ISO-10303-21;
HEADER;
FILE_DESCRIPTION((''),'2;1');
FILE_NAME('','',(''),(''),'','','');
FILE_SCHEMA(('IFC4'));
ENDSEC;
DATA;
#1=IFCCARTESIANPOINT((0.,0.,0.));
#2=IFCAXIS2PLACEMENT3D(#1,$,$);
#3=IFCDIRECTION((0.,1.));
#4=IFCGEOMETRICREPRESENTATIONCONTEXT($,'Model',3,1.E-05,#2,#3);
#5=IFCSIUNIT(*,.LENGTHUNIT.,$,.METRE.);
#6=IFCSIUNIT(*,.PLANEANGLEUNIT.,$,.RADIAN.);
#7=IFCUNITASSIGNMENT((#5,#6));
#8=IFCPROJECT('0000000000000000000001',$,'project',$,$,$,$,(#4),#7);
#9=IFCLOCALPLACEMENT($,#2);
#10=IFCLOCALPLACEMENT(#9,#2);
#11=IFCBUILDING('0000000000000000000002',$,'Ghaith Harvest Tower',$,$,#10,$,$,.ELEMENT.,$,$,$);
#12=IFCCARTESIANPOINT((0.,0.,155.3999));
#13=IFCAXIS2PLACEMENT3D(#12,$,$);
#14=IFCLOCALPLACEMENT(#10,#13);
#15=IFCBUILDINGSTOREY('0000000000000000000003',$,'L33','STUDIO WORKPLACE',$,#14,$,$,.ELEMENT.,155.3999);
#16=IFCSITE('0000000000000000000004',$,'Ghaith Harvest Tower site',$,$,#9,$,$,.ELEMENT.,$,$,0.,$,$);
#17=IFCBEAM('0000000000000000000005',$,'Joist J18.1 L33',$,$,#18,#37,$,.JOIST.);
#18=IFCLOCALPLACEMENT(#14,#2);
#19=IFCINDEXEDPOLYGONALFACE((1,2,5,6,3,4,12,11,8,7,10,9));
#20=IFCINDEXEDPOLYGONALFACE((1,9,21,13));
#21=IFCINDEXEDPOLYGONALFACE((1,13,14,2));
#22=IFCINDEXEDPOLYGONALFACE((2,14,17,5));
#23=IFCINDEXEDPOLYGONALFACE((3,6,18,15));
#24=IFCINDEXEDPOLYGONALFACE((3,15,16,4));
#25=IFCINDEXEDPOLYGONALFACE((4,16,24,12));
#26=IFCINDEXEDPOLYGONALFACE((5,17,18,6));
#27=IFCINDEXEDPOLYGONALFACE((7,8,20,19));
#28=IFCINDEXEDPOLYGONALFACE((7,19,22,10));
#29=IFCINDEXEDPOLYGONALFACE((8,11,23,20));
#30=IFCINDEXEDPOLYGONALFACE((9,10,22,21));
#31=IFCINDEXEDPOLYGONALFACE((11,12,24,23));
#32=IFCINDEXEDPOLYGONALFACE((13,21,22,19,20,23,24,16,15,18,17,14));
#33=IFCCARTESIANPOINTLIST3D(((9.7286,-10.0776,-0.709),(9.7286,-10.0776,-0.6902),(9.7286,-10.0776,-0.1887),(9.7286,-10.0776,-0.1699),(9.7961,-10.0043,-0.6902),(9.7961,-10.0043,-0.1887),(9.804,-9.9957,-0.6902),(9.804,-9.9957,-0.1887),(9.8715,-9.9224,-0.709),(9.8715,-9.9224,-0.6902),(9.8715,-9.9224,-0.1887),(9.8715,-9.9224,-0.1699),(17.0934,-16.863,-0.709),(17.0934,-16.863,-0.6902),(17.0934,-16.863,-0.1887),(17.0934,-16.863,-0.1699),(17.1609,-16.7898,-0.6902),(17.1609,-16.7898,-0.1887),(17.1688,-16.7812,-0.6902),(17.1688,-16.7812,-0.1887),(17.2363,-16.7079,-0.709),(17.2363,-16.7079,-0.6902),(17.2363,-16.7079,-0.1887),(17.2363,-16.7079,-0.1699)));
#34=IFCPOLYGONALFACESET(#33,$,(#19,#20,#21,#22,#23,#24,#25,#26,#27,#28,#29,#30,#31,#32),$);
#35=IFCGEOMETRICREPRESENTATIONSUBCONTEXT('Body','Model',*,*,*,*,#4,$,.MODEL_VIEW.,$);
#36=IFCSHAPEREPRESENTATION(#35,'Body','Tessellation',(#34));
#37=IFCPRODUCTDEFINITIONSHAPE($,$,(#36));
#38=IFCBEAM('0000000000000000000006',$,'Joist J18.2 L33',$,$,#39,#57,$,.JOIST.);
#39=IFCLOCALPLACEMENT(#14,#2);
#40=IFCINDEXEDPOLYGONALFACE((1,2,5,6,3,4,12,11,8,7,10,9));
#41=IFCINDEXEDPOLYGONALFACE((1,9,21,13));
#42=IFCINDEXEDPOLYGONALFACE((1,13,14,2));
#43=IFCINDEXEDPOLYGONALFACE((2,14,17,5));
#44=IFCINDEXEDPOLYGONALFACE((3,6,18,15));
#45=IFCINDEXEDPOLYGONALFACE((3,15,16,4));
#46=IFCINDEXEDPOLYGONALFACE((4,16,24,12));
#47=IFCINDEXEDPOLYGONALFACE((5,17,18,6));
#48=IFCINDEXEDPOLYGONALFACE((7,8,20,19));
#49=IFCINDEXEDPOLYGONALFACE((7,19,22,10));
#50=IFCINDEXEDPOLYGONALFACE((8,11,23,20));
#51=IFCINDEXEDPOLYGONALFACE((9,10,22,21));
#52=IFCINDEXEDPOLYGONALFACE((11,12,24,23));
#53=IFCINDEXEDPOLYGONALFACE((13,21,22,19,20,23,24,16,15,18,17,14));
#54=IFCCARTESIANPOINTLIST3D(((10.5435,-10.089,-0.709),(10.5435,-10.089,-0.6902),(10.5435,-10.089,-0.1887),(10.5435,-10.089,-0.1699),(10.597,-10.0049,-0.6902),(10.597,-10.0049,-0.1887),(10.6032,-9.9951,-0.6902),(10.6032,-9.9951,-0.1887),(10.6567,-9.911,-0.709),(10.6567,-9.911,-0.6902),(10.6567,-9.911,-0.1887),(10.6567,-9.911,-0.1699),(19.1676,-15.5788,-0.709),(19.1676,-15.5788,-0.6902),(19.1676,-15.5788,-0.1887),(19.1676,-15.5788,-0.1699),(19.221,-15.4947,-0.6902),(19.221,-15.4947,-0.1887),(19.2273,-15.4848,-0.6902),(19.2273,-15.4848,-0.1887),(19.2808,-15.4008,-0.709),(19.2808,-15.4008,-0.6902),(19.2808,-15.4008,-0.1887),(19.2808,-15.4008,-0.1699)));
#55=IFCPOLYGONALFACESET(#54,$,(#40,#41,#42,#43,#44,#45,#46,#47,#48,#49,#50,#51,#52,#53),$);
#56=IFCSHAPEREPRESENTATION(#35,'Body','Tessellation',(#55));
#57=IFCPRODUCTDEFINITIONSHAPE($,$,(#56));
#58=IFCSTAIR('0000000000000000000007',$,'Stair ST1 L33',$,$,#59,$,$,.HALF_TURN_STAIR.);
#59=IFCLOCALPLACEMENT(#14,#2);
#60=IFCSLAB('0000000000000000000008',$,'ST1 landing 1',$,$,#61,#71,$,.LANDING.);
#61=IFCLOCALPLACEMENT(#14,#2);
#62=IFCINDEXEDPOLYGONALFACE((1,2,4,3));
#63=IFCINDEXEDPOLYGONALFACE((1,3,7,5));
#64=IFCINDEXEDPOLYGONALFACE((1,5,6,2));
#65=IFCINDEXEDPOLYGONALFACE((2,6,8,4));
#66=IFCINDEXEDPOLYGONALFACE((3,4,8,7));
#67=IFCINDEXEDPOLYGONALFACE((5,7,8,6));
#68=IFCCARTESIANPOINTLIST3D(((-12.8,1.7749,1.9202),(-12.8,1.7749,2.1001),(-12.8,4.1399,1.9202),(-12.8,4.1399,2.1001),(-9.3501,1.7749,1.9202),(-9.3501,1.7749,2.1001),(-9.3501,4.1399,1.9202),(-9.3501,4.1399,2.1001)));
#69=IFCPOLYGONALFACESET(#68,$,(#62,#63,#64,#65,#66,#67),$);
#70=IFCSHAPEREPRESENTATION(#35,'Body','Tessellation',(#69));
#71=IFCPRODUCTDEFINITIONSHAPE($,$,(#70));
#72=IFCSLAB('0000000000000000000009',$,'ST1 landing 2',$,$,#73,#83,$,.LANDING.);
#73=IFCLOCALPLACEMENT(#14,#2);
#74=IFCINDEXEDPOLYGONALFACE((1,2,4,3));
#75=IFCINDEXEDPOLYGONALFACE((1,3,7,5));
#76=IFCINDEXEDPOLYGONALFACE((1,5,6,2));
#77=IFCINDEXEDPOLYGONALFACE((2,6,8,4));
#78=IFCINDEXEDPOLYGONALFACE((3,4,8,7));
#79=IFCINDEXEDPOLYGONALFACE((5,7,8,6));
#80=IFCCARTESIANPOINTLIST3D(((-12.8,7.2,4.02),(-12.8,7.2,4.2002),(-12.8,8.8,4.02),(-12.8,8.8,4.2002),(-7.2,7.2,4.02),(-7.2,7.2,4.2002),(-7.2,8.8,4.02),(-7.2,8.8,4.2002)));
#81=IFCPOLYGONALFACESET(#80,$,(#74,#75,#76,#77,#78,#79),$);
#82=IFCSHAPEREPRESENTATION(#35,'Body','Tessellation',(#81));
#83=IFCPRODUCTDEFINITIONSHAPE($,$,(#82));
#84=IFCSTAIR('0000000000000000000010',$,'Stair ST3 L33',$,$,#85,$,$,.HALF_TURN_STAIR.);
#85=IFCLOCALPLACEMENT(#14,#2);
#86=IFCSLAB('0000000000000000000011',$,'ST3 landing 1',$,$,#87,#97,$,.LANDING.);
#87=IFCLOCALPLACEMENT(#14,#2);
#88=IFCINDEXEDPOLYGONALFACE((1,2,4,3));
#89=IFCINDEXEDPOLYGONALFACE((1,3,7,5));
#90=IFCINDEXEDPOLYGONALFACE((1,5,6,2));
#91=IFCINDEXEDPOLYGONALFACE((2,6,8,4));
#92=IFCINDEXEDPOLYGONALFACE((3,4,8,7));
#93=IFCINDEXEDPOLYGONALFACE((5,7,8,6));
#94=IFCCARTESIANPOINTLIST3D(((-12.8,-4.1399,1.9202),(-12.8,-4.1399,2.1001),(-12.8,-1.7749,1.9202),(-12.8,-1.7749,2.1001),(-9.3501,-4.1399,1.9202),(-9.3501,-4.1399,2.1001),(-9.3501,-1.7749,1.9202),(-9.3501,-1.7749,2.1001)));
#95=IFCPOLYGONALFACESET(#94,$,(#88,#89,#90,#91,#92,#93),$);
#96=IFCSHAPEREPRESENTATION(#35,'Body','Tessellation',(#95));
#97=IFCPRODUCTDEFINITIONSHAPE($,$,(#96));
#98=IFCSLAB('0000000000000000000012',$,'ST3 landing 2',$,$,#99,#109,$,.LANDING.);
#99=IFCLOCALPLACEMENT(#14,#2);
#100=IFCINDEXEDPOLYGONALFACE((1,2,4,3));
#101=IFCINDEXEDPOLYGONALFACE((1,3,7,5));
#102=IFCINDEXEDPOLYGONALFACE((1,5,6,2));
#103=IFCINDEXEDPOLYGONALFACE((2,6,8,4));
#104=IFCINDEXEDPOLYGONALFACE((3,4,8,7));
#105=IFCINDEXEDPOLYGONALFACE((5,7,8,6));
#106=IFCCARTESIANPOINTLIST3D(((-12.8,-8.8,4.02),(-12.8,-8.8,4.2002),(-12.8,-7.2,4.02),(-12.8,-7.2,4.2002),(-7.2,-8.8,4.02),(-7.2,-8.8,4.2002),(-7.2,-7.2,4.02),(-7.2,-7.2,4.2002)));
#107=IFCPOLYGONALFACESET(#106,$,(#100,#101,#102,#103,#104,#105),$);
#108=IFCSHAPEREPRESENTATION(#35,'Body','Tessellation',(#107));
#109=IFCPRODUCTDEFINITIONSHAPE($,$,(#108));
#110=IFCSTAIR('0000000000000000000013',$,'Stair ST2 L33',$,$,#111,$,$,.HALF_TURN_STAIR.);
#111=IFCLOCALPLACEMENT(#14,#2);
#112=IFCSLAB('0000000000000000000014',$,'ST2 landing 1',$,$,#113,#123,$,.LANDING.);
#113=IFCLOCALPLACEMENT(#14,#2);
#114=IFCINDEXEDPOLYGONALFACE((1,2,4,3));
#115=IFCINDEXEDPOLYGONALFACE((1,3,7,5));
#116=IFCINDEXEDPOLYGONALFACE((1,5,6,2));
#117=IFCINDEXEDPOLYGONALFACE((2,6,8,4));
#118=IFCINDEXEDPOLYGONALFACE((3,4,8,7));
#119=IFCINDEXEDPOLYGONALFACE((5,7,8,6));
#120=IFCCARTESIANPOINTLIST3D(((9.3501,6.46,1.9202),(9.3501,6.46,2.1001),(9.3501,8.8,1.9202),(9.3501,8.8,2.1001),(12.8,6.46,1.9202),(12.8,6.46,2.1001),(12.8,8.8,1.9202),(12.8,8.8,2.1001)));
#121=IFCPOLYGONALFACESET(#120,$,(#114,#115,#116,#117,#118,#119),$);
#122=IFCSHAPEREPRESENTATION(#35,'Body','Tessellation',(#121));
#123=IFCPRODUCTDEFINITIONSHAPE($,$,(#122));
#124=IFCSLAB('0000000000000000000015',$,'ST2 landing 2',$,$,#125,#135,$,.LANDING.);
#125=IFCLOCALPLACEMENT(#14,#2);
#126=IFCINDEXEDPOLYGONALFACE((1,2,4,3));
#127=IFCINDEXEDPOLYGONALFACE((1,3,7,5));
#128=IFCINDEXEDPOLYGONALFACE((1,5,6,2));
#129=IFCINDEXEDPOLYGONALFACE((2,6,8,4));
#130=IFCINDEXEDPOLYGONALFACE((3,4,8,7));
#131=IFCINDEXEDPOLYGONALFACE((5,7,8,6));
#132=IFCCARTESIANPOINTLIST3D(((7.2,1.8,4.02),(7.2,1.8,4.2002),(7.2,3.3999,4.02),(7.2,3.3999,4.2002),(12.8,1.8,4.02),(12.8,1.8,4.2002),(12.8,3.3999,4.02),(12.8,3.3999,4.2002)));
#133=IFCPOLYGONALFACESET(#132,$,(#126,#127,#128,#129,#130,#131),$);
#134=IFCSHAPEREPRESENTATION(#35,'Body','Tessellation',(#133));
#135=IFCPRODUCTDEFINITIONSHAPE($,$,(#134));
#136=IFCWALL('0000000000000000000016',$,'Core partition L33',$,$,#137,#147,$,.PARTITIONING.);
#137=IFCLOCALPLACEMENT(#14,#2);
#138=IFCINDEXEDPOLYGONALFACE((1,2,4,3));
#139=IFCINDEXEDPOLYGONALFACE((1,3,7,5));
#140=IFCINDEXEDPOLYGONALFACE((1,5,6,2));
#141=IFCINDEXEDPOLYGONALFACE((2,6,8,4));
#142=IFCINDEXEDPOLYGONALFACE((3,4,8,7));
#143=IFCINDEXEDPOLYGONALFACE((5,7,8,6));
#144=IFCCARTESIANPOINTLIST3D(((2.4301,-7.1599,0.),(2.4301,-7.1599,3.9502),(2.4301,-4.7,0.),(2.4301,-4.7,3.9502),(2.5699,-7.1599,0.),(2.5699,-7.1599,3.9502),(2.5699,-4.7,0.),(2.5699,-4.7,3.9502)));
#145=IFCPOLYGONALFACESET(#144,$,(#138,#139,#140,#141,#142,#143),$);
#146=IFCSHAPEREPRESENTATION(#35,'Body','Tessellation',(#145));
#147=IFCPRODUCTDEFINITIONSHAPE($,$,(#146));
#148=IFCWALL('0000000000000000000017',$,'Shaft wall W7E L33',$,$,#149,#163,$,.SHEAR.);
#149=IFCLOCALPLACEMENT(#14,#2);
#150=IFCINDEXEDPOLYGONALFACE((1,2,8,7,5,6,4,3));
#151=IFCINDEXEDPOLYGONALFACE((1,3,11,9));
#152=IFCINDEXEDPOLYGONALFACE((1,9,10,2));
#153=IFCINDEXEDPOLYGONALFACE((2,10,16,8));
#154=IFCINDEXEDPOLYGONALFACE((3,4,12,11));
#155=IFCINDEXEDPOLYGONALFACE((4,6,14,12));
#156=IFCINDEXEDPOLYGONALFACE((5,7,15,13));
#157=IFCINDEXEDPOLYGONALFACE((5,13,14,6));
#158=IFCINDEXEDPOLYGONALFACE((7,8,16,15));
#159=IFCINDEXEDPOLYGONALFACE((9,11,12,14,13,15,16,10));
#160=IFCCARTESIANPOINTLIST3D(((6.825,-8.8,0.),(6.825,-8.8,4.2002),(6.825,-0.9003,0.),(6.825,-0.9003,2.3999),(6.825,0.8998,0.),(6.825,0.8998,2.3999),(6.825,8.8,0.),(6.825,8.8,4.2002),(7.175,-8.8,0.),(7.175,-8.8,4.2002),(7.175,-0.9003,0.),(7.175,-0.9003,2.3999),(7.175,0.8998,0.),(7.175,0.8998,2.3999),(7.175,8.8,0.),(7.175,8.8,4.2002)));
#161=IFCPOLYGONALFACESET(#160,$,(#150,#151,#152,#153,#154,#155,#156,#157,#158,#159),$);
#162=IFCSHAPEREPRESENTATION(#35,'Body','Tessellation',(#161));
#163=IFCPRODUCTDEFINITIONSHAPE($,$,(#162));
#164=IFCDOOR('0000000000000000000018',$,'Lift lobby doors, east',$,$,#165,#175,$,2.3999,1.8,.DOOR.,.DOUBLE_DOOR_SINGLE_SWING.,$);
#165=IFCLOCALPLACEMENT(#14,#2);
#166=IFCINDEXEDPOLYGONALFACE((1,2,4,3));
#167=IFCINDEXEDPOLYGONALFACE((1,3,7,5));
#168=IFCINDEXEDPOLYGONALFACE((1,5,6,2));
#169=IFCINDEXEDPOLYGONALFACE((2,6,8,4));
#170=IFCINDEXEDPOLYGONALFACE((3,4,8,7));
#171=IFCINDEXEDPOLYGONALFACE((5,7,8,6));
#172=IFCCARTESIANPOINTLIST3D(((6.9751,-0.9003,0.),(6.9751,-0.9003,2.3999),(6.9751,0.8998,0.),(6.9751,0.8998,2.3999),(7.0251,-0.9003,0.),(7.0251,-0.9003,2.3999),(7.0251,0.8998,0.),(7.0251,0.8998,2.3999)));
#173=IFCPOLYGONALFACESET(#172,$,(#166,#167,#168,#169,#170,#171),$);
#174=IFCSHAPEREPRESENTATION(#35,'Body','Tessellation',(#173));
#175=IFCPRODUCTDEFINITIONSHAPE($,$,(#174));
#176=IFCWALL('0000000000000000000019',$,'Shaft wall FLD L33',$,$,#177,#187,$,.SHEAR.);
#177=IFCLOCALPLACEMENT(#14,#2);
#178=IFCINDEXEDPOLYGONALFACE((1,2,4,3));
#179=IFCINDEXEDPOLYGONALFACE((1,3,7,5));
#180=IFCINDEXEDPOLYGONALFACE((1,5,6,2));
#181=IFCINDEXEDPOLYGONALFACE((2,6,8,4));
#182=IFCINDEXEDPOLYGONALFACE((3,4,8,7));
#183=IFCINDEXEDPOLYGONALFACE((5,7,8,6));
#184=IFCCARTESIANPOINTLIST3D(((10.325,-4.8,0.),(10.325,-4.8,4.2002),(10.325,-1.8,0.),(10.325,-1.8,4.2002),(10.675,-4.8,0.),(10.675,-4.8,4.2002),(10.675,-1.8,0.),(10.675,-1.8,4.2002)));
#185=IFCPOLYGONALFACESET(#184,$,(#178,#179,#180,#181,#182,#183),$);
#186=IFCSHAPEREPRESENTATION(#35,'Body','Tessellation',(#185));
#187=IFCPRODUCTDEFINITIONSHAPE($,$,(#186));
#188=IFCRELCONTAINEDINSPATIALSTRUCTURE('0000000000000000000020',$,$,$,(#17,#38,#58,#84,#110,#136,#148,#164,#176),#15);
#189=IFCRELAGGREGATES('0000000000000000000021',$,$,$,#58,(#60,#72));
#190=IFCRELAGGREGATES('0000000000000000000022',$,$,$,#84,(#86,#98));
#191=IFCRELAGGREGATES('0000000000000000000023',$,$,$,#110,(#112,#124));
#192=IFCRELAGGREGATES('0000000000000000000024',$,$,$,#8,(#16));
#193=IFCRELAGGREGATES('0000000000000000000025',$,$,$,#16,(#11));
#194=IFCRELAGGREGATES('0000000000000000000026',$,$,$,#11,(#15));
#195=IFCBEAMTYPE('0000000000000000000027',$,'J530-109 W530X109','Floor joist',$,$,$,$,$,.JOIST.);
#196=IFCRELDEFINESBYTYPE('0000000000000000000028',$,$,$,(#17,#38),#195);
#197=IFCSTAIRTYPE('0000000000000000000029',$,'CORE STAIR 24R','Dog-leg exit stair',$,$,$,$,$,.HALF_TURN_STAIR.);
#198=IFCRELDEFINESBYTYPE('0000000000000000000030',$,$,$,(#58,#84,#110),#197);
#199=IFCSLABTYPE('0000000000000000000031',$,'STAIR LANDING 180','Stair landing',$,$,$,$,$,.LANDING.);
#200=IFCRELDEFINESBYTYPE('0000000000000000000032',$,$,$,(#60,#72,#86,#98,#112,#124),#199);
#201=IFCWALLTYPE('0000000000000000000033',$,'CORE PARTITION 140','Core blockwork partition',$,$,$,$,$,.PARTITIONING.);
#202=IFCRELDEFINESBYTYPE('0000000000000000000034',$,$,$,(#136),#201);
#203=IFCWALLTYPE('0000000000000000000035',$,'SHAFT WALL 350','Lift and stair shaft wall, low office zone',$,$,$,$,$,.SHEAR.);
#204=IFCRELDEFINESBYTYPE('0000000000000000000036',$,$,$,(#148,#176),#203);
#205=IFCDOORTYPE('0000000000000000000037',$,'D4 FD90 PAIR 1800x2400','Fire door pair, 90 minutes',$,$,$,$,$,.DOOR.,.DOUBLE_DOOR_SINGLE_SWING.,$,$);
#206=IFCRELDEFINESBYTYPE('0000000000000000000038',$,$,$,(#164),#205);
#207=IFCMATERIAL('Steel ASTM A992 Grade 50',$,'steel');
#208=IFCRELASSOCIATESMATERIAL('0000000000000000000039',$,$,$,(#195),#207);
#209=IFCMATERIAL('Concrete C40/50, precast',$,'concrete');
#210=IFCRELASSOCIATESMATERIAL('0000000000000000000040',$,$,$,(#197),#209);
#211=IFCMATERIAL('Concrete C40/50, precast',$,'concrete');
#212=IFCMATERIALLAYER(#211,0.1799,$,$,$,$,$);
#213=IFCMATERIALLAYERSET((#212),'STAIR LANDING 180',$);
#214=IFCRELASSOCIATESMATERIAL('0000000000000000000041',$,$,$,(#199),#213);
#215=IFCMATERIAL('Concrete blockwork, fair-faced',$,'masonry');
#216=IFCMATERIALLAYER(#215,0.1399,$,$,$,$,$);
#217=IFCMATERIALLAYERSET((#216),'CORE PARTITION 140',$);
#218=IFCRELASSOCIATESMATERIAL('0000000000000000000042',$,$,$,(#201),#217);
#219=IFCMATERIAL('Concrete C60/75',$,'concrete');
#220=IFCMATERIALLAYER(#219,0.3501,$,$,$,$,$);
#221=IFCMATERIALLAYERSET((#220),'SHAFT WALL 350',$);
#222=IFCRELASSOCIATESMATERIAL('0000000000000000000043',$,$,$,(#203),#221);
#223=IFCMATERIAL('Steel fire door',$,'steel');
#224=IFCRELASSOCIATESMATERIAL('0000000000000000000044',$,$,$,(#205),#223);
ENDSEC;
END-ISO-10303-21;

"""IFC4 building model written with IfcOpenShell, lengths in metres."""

from ifc_helpers import new_model, si_unit, direction, frame, frame_2d, origin, origin_2d, place, context, subcontext, project, spatial, polyline, rectangle, i_section, outline, extrude, material, layer, layer_set, material_profile, profile_set, type_object, element, fill, aggregate, save


model = new_model("IFC4")

# Units and contexts
model_context = context("Model", 3, precision=1e-05, world=origin(), true_north=direction((0.0, 1.0)))
body_context = subcontext(model_context, "Body", "Model", "MODEL_VIEW")
ifc_project = project(units=[si_unit("LENGTHUNIT", "METRE"), si_unit("PLANEANGLEUNIT", "RADIAN")], contexts=[model_context])

# Site, building, storey
site_placement = place(None, origin())
site = spatial("IfcSite", under=ifc_project, at=site_placement, Name="Ghaith Harvest Tower site", CompositionType="ELEMENT", RefElevation=0.0)
building_placement = place(site_placement, origin())
building = spatial("IfcBuilding", under=site, at=building_placement, Name="Ghaith Harvest Tower", CompositionType="ELEMENT")
storey_placement = place(building_placement, frame((0.0, 0.0, 155.3999)))
storey = spatial("IfcBuildingStorey", under=building, at=storey_placement, Name="L33", Description="STUDIO WORKPLACE", CompositionType="ELEMENT", Elevation=155.3999)

# Beams
ifc_material_1 = material(Name="Steel ASTM A992 Grade 50", Category="steel")
ifc_material_profile = material_profile(ifc_material_1, i_section(OverallWidth=0.2109, OverallDepth=0.5391, WebThickness=0.0117, FlangeThickness=0.0188, at=origin_2d()), Name="W530X109")
ifc_profile_set = profile_set([ifc_material_profile], Name="Steel ASTM A992 Grade 50")
beam_type = type_object("IfcBeamType", Name="J530-109 W530X109", Description="Floor joist", PredefinedType="JOIST", material=ifc_profile_set)
beam_1_placement = place(storey_placement, frame((9.8, -10.0, -0.4395), z_axis=(0.735442, -0.677588, 0.0), x_axis=(0.677588, 0.735442, 0.0)))
element("IfcBeam", 1, at=beam_1_placement, inside=storey, type_object=beam_type, Name="Joist J18.1 L33", PredefinedType="JOIST", context=body_context, shape_type="SweptSolid", body=[
    extrude(i_section(OverallWidth=0.2109, OverallDepth=0.5391, WebThickness=0.0117, FlangeThickness=0.0188, at=origin_2d()), origin(), (0.0, 0.0, 1.0), 10.0142),
])
beam_2_placement = place(storey_placement, frame((10.6001, -10.0, -0.4395), z_axis=(0.843585, -0.536996, 0.0), x_axis=(0.536996, 0.843585, 0.0)))
element("IfcBeam", 2, at=beam_2_placement, inside=storey, type_object=beam_type, Name="Joist J18.2 L33", PredefinedType="JOIST", context=body_context, shape_type="SweptSolid", body=[
    extrude(i_section(OverallWidth=0.2109, OverallDepth=0.5391, WebThickness=0.0117, FlangeThickness=0.0188, at=origin_2d()), origin(), (0.0, 0.0, 1.0), 10.2231),
])

# Stairs, slabs
ifc_material_2 = material(Name="Concrete C40/50, precast", Category="concrete")
stair_type = type_object("IfcStairType", Name="CORE STAIR 24R", Description="Dog-leg exit stair", PredefinedType="HALF_TURN_STAIR", material=ifc_material_2)
stair_1_placement = place(storey_placement, origin())
stair_1 = element("IfcStair", 3, at=stair_1_placement, inside=storey, type_object=stair_type, Name="Stair ST1 L33", PredefinedType="HALF_TURN_STAIR")
ifc_material_3 = material(Name="Concrete C40/50, precast", Category="concrete")
ifc_layer_1 = layer(ifc_material_3, 0.1799)
ifc_layer_set_1 = layer_set([ifc_layer_1], Name="STAIR LANDING 180")
slab_type = type_object("IfcSlabType", Name="STAIR LANDING 180", Description="Stair landing", PredefinedType="LANDING", material=ifc_layer_set_1)
slab_1_placement = place(storey_placement, frame((0.0, 0.0, 1.9202)))
slab_1 = element("IfcSlab", 4, at=slab_1_placement, type_object=slab_type, Name="ST1 landing 1", PredefinedType="LANDING", context=body_context, shape_type="SweptSolid", body=[
    extrude(outline(polyline([(-12.8, 4.1399), (-12.8, 1.7749), (-9.3501, 1.7749), (-9.3501, 4.1399), (-12.8, 4.1399)])), origin(), (0.0, 0.0, 1.0), 0.1799),
])
slab_2_placement = place(storey_placement, frame((0.0, 0.0, 4.02)))
slab_2 = element("IfcSlab", 5, at=slab_2_placement, type_object=slab_type, Name="ST1 landing 2", PredefinedType="LANDING", context=body_context, shape_type="SweptSolid", body=[
    extrude(outline(polyline([(-12.8, 8.8), (-12.8, 7.2), (-7.2, 7.2), (-7.2, 8.8), (-12.8, 8.8)])), origin(), (0.0, 0.0, 1.0), 0.1802),
])
aggregate(stair_1, [slab_1, slab_2])
stair_2_placement = place(storey_placement, origin())
stair_2 = element("IfcStair", 6, at=stair_2_placement, inside=storey, type_object=stair_type, Name="Stair ST3 L33", PredefinedType="HALF_TURN_STAIR")
slab_3_placement = place(storey_placement, frame((0.0, 0.0, 1.9202)))
slab_3 = element("IfcSlab", 7, at=slab_3_placement, type_object=slab_type, Name="ST3 landing 1", PredefinedType="LANDING", context=body_context, shape_type="SweptSolid", body=[
    extrude(outline(polyline([(-12.8, -4.1399), (-12.8, -1.7749), (-9.3501, -1.7749), (-9.3501, -4.1399), (-12.8, -4.1399)])), origin(), (0.0, 0.0, 1.0), 0.1799),
])
slab_4_placement = place(storey_placement, frame((0.0, 0.0, 4.02)))
slab_4 = element("IfcSlab", 8, at=slab_4_placement, type_object=slab_type, Name="ST3 landing 2", PredefinedType="LANDING", context=body_context, shape_type="SweptSolid", body=[
    extrude(outline(polyline([(-12.8, -8.8), (-12.8, -7.2), (-7.2, -7.2), (-7.2, -8.8), (-12.8, -8.8)])), origin(), (0.0, 0.0, 1.0), 0.1802),
])
aggregate(stair_2, [slab_3, slab_4])
stair_3_placement = place(storey_placement, origin())
stair_3 = element("IfcStair", 9, at=stair_3_placement, inside=storey, type_object=stair_type, Name="Stair ST2 L33", PredefinedType="HALF_TURN_STAIR")
slab_5_placement = place(storey_placement, frame((0.0, 0.0, 1.9202)))
slab_5 = element("IfcSlab", 10, at=slab_5_placement, type_object=slab_type, Name="ST2 landing 1", PredefinedType="LANDING", context=body_context, shape_type="SweptSolid", body=[
    extrude(outline(polyline([(12.8, 6.46), (12.8, 8.8), (9.3501, 8.8), (9.3501, 6.46), (12.8, 6.46)])), origin(), (0.0, 0.0, 1.0), 0.1799),
])
slab_6_placement = place(storey_placement, frame((0.0, 0.0, 4.02)))
slab_6 = element("IfcSlab", 11, at=slab_6_placement, type_object=slab_type, Name="ST2 landing 2", PredefinedType="LANDING", context=body_context, shape_type="SweptSolid", body=[
    extrude(outline(polyline([(12.8, 1.8), (12.8, 3.3999), (7.2, 3.3999), (7.2, 1.8), (12.8, 1.8)])), origin(), (0.0, 0.0, 1.0), 0.1802),
])
aggregate(stair_3, [slab_5, slab_6])

# Wall
ifc_material_4 = material(Name="Concrete blockwork, fair-faced", Category="masonry")
ifc_layer_2 = layer(ifc_material_4, 0.1399)
ifc_layer_set_2 = layer_set([ifc_layer_2], Name="CORE PARTITION 140")
wall_type_1 = type_object("IfcWallType", Name="CORE PARTITION 140", Description="Core blockwork partition", PredefinedType="PARTITIONING", material=ifc_layer_set_2)
wall_1_placement = place(storey_placement, frame((2.5, -4.7, 0.0), z_axis=(0.0, 0.0, 1.0), x_axis=(0.0, -1.0, 0.0)))
element("IfcWall", 12, at=wall_1_placement, inside=storey, type_object=wall_type_1, Name="Core partition L33", PredefinedType="PARTITIONING", context=body_context, shape_type="SweptSolid", body=[
    extrude(rectangle(XDim=2.46, YDim=0.1399, at=frame_2d((1.23, 0.0))), origin(), (0.0, 0.0, 1.0), 3.9502),
])

# Wall, opening, door
ifc_material_5 = material(Name="Concrete C60/75", Category="concrete")
ifc_layer_3 = layer(ifc_material_5, 0.3501)
ifc_layer_set_3 = layer_set([ifc_layer_3], Name="SHAFT WALL 350")
wall_type_2 = type_object("IfcWallType", Name="SHAFT WALL 350", Description="Lift and stair shaft wall, low office zone", PredefinedType="SHEAR", material=ifc_layer_set_3)
wall_2_placement = place(storey_placement, frame((7.0, -8.8, 0.0), z_axis=(0.0, 0.0, 1.0), x_axis=(0.0, 1.0, 0.0)))
wall_2 = element("IfcWall", 13, at=wall_2_placement, inside=storey, type_object=wall_type_2, Name="Shaft wall W7E L33", PredefinedType="SHEAR", context=body_context, shape_type="SweptSolid", body=[
    extrude(rectangle(XDim=17.6001, YDim=0.3501, at=frame_2d((8.8, 0.0))), origin(), (0.0, 0.0, 1.0), 4.2002),
])
opening_1_placement = place(wall_2_placement, frame((7.8999, 0.0, 0.0)))
opening_1 = element("IfcOpeningElement", 14, at=opening_1_placement, cuts=wall_2, PredefinedType="OPENING", context=body_context, shape_type="SweptSolid", body=[
    extrude(rectangle(XDim=1.8, YDim=2.3999, at=frame_2d((0.8999, 1.2))), frame((0.0, 0.1851, 0.0), z_axis=(0.0, -1.0, 0.0), x_axis=(1.0, 0.0, 0.0)), (0.0, 0.0, 1.0), 0.3701),
])
ifc_material_6 = material(Name="Steel fire door", Category="steel")
door_type_1 = type_object("IfcDoorType", Name="D4 FD90 PAIR 1800x2400", Description="Fire door pair, 90 minutes", OperationType="DOUBLE_DOOR_SINGLE_SWING", PredefinedType="DOOR", material=ifc_material_6)
door_1_placement = place(opening_1_placement, origin())
door_1 = element("IfcDoor", 15, at=door_1_placement, inside=storey, type_object=door_type_1, Name="Lift lobby doors, east", OperationType="DOUBLE_DOOR_SINGLE_SWING", OverallHeight=2.3999, OverallWidth=1.8, PredefinedType="DOOR", context=body_context, shape_type="SweptSolid", body=[
    extrude(rectangle(XDim=1.8, YDim=2.3999, at=frame_2d((0.8999, 1.2))), frame((0.0, 0.0249, 0.0), z_axis=(0.0, -1.0, 0.0), x_axis=(1.0, 0.0, 0.0)), (0.0, 0.0, 1.0), 0.05),
])
fill(opening_1, door_1)

# Wall
wall_3_placement = place(storey_placement, frame((10.5, -4.8, 0.0), z_axis=(0.0, 0.0, 1.0), x_axis=(0.0, 1.0, 0.0)))
element("IfcWall", 16, at=wall_3_placement, inside=storey, type_object=wall_type_2, Name="Shaft wall FLD L33", PredefinedType="SHEAR", context=body_context, shape_type="SweptSolid", body=[
    extrude(rectangle(XDim=3.0, YDim=0.3501, at=frame_2d((1.5, 0.0))), origin(), (0.0, 0.0, 1.0), 4.2002),
])

save(model, "model.ifc")
